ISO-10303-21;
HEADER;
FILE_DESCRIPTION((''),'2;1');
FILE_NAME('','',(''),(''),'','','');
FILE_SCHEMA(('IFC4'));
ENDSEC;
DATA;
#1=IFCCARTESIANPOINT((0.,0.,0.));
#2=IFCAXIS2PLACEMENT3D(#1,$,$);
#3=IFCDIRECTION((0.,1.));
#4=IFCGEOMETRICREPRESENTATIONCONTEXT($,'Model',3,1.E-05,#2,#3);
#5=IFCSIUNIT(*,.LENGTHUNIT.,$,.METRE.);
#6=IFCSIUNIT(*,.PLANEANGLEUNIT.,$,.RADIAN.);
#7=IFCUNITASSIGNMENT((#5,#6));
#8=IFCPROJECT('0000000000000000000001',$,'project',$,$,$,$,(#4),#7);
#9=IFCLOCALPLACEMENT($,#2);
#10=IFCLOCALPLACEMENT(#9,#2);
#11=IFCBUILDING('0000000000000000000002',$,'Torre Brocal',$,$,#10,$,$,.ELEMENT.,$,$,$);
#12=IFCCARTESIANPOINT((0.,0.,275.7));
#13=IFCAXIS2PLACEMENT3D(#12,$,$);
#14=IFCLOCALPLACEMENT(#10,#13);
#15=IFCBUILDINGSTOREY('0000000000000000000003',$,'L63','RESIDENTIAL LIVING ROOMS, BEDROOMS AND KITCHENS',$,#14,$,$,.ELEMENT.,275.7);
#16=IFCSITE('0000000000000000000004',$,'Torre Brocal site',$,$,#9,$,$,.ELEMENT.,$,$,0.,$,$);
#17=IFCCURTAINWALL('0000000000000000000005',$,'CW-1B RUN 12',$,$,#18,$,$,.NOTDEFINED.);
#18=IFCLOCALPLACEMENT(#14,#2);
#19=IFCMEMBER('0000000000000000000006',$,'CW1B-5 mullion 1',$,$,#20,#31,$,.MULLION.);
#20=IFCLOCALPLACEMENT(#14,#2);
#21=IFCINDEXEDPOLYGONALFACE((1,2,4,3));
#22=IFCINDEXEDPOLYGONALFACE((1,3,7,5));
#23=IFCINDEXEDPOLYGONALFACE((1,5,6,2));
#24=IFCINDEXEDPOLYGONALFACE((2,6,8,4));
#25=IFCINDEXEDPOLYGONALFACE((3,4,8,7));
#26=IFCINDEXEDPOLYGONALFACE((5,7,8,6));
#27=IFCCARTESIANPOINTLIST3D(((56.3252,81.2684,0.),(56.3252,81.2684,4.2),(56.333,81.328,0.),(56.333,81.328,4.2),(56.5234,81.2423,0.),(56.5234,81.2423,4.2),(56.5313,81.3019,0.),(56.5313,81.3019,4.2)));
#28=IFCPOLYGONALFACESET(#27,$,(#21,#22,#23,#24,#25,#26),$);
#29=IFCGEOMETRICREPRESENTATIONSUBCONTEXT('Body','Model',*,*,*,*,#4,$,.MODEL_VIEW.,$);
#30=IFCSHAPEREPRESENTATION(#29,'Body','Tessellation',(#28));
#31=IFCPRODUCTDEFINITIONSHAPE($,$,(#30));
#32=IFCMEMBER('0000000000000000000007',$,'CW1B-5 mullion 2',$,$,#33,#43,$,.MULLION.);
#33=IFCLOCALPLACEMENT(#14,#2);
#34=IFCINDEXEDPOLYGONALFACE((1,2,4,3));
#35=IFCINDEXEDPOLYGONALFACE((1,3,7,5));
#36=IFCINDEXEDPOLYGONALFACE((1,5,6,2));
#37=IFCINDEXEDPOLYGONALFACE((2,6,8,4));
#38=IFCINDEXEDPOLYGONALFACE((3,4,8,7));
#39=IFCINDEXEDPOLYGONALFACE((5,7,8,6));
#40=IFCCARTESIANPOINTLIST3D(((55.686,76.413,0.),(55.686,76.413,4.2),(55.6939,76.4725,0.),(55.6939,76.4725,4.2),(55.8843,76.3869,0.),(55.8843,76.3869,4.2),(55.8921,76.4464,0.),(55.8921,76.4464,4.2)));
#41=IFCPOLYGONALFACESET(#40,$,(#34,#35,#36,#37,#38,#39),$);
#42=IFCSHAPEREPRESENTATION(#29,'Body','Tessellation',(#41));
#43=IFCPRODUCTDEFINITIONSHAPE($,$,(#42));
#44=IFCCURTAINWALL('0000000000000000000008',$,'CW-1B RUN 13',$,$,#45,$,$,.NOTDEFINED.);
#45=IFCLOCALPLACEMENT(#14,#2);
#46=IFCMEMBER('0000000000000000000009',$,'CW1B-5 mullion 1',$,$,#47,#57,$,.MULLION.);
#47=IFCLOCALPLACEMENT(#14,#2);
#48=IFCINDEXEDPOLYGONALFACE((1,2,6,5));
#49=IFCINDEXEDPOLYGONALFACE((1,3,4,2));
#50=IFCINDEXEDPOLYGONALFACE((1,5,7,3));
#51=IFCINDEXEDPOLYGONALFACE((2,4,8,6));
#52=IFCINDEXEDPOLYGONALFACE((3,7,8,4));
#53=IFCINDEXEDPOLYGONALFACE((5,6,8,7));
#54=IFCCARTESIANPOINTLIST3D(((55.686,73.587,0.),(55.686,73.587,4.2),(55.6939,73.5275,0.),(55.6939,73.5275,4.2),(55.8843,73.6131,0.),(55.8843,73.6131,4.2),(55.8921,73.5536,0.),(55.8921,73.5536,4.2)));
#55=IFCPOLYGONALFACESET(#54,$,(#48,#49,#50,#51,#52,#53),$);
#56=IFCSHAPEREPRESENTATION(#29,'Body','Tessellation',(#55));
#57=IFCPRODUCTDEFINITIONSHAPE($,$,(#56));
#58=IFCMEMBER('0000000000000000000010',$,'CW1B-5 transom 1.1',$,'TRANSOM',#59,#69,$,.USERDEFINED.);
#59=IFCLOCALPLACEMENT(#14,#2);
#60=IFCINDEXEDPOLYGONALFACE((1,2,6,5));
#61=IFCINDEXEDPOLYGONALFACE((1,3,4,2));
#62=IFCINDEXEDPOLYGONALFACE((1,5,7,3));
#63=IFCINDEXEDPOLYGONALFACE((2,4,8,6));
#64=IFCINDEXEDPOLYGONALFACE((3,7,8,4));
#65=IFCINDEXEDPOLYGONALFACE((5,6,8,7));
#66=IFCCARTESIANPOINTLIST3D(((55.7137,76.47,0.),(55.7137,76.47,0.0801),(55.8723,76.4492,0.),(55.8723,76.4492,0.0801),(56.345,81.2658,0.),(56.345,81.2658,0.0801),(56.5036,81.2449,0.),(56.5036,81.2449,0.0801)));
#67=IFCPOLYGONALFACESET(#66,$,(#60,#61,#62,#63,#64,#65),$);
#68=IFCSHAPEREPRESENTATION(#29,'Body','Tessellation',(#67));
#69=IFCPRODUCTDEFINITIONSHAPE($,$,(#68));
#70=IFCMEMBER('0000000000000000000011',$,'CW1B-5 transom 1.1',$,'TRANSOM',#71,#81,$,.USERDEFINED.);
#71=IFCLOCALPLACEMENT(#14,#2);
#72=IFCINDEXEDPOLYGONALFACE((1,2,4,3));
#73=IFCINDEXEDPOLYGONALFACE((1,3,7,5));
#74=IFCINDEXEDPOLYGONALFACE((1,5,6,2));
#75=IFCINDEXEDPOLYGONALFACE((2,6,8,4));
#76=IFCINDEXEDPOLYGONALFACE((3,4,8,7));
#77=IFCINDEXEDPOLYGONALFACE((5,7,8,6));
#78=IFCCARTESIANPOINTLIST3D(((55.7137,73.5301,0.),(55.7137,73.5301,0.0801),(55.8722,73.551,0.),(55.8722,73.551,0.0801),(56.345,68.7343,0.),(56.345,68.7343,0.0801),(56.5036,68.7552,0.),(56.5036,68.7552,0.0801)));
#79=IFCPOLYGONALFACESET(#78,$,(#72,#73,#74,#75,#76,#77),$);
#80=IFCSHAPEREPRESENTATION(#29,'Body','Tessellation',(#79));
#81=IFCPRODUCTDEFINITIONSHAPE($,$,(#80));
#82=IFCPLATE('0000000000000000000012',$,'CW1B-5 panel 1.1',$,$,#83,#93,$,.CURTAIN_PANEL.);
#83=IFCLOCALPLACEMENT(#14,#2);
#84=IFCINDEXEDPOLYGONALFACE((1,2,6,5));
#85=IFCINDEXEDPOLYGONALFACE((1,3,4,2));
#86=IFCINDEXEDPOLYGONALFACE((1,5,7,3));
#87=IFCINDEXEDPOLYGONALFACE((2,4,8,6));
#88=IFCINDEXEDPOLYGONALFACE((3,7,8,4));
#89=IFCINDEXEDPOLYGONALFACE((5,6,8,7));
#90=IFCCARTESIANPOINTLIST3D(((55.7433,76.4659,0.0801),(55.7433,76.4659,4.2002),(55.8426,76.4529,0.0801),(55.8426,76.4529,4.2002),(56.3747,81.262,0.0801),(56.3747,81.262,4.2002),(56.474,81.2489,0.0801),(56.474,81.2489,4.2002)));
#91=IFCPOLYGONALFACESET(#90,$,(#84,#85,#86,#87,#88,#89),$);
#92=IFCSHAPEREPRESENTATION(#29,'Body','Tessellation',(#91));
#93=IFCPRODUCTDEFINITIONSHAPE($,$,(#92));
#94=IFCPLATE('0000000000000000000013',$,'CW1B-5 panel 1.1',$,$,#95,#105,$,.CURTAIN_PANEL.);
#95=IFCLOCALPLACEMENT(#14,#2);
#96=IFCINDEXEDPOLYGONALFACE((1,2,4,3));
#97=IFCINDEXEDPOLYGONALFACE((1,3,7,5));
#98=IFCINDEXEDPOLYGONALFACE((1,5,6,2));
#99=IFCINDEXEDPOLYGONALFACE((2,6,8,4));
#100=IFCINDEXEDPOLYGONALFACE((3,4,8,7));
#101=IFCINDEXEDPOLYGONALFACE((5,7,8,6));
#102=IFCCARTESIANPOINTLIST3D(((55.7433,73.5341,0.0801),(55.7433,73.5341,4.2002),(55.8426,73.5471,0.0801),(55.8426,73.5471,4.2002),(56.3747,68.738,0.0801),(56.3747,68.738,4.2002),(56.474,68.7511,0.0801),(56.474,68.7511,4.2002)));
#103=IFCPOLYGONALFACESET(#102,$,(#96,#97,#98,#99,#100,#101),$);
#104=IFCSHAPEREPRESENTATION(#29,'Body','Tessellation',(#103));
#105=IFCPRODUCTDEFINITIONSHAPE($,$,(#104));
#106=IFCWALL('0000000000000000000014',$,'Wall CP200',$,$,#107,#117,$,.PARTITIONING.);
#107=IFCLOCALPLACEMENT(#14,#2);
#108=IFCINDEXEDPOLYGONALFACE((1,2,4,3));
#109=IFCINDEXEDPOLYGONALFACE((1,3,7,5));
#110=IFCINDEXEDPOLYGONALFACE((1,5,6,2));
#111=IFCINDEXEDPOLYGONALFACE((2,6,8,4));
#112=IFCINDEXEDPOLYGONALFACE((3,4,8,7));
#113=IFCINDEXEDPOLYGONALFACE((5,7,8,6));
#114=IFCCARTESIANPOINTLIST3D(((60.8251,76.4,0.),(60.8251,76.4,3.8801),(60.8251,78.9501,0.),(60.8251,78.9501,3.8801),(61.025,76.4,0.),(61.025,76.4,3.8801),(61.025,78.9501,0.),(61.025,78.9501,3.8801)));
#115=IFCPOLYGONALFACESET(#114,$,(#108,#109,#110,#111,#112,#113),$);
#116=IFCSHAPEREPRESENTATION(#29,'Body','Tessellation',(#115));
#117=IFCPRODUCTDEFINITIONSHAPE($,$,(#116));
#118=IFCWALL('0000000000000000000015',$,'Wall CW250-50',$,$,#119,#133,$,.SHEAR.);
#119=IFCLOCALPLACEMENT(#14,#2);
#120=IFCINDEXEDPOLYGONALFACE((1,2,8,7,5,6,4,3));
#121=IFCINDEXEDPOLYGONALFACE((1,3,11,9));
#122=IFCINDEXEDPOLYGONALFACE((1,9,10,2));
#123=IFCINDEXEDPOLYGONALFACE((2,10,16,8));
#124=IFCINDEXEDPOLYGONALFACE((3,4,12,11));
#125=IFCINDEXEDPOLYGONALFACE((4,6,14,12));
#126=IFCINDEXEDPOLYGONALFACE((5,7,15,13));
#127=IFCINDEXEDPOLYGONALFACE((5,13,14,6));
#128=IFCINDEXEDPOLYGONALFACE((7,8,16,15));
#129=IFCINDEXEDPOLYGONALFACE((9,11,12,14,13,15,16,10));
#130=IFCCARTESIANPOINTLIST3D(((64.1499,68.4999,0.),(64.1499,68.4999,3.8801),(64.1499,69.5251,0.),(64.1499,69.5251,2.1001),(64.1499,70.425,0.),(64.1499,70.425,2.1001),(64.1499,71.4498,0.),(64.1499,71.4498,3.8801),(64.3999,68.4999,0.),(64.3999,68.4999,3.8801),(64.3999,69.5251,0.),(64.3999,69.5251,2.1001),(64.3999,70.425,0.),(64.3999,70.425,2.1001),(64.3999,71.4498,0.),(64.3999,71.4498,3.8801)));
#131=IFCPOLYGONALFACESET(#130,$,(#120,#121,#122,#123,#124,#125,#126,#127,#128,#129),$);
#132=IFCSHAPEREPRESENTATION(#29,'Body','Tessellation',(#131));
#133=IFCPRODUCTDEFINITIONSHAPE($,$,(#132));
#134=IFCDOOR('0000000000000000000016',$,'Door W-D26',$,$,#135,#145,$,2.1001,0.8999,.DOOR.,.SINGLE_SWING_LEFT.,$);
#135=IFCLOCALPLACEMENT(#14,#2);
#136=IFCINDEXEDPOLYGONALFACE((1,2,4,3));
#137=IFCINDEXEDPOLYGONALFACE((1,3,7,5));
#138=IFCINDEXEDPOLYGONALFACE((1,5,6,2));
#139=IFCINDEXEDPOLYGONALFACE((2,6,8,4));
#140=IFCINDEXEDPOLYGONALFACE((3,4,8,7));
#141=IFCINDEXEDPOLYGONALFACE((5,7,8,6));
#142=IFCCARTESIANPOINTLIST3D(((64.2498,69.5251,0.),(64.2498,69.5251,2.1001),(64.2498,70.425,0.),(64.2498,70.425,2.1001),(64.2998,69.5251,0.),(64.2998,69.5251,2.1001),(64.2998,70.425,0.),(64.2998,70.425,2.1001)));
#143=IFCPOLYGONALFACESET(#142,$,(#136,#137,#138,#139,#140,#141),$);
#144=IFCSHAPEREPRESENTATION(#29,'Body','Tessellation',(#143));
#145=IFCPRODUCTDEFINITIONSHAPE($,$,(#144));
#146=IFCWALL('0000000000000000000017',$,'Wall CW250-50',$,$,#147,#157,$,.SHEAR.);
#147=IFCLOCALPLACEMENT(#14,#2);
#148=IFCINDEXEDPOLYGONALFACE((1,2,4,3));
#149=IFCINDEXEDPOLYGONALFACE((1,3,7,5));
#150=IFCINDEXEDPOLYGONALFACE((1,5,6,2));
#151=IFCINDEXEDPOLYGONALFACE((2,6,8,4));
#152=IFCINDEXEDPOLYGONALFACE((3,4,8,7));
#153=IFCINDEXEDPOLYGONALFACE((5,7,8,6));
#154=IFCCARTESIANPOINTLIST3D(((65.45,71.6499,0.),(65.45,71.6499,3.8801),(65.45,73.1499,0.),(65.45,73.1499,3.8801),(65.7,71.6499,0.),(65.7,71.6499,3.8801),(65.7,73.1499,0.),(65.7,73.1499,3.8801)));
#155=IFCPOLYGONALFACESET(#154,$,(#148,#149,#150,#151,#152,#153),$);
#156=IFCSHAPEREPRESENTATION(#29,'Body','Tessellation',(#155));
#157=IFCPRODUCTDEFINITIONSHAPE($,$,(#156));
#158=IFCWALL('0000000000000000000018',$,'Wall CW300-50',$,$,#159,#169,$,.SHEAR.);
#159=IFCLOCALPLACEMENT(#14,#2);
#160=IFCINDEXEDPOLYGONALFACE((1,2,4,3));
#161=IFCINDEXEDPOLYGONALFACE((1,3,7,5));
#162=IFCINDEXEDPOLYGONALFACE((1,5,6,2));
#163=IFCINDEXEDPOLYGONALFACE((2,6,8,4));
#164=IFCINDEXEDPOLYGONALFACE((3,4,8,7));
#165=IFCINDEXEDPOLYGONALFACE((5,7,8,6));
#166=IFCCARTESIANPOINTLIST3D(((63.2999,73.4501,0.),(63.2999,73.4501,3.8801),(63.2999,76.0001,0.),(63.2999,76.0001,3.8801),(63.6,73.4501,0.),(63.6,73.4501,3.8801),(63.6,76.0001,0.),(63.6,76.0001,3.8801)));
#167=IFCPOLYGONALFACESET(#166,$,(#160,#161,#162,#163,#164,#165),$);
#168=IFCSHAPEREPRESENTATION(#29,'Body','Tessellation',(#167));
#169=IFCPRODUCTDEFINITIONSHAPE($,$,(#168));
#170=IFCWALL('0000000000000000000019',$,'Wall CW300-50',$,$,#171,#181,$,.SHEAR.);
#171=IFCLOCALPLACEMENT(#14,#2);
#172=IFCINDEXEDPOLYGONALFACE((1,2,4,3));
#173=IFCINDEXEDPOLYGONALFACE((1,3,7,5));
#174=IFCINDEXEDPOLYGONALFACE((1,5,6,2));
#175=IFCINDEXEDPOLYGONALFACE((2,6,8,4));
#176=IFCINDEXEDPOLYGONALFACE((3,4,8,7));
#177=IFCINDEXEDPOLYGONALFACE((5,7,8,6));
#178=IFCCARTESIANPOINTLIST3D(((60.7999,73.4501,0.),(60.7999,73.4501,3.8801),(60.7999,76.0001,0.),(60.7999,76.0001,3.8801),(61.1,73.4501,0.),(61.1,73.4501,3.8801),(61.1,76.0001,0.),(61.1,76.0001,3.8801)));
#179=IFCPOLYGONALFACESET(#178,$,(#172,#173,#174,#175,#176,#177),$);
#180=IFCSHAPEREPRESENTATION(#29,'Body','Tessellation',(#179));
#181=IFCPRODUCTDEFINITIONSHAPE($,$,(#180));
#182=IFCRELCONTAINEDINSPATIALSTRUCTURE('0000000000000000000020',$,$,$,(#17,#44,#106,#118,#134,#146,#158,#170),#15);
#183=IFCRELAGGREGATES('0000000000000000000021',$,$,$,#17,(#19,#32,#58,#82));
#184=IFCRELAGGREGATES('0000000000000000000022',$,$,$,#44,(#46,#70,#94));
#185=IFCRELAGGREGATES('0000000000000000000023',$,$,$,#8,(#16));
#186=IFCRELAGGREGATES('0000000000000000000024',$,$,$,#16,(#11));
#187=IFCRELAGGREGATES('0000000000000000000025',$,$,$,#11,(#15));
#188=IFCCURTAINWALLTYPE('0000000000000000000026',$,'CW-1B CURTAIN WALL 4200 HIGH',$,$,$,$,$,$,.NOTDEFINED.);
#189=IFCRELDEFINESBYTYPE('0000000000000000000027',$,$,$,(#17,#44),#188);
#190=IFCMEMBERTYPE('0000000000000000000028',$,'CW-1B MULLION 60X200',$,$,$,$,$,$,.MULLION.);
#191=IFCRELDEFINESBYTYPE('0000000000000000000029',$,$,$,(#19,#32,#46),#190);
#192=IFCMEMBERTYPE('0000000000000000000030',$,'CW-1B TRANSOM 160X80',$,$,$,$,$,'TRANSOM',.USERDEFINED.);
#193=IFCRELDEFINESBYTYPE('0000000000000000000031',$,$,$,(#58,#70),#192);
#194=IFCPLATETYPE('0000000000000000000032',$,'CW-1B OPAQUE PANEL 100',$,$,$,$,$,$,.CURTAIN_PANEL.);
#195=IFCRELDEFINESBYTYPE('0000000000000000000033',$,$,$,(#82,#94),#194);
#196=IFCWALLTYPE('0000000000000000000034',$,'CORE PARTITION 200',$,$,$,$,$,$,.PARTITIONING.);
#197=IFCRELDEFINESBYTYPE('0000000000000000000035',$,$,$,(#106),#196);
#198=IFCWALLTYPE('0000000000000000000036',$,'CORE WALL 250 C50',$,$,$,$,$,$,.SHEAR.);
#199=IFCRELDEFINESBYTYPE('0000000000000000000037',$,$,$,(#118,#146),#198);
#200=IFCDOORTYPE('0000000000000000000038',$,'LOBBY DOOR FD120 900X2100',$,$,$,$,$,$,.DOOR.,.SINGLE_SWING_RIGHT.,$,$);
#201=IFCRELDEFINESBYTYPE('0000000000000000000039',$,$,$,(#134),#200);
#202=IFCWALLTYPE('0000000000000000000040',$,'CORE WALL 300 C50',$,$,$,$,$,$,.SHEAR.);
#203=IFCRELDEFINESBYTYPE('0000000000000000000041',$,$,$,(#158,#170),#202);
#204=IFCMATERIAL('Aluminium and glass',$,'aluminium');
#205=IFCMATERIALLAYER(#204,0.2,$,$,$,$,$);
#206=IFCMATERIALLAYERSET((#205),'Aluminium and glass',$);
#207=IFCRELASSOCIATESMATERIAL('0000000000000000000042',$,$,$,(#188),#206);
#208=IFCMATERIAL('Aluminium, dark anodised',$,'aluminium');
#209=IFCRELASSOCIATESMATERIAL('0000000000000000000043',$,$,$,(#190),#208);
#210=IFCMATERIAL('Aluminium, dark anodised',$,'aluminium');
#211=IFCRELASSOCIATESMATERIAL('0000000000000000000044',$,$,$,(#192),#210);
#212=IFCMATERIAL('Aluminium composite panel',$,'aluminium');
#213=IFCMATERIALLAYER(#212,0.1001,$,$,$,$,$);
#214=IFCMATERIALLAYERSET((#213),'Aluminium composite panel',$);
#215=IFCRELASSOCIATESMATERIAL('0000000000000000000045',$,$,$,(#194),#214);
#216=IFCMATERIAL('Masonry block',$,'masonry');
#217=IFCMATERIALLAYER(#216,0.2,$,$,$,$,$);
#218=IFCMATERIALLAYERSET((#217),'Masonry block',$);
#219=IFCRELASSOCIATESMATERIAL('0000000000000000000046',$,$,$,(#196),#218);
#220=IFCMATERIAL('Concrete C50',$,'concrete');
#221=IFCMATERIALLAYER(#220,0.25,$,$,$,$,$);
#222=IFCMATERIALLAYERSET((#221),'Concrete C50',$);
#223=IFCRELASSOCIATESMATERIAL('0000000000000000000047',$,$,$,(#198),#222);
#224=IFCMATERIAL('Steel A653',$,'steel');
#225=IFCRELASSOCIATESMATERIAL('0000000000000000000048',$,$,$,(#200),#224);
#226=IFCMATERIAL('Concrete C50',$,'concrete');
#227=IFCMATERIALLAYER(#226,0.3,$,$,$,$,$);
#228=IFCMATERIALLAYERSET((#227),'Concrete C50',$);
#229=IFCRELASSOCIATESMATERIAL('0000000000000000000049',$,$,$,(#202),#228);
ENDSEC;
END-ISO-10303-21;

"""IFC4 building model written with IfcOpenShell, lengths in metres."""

from ifc_helpers import new_model, si_unit, direction, frame, frame_2d, origin, origin_2d, place, context, subcontext, project, spatial, rectangle, extrude, material, layer, layer_set, material_profile, profile_set, type_object, element, fill, aggregate, save


model = new_model("IFC4")

# Units and contexts
model_context = context("Model", 3, precision=1e-05, world=origin(), true_north=direction((0.0, 1.0)))
body_context = subcontext(model_context, "Body", "Model", "MODEL_VIEW")
ifc_project = project(units=[si_unit("LENGTHUNIT", "METRE"), si_unit("PLANEANGLEUNIT", "RADIAN")], contexts=[model_context])

# Site, building, storey
site_placement = place(None, origin())
site = spatial("IfcSite", under=ifc_project, at=site_placement, Name="Torre Brocal site", CompositionType="ELEMENT", RefElevation=0.0)
building_placement = place(site_placement, origin())
building = spatial("IfcBuilding", under=site, at=building_placement, Name="Torre Brocal", CompositionType="ELEMENT")
storey_placement = place(building_placement, frame((0.0, 0.0, 275.7)))
storey = spatial("IfcBuildingStorey", under=building, at=storey_placement, Name="L63", Description="RESIDENTIAL LIVING ROOMS, BEDROOMS AND KITCHENS", CompositionType="ELEMENT", Elevation=275.7)

# Curtain wall, members
ifc_material_1 = material(Name="Aluminium and glass", Category="aluminium")
ifc_layer_1 = layer(ifc_material_1, 0.2)
ifc_layer_set_1 = layer_set([ifc_layer_1], Name="Aluminium and glass")
curtain_wall_type = type_object("IfcCurtainWallType", Name="CW-1B CURTAIN WALL 4200 HIGH", PredefinedType="NOTDEFINED", material=ifc_layer_set_1)
curtain_wall_1_placement = place(storey_placement, origin())
curtain_wall_1 = element("IfcCurtainWall", 1, at=curtain_wall_1_placement, inside=storey, type_object=curtain_wall_type, Name="CW-1B RUN 12", PredefinedType="NOTDEFINED")
ifc_material_2 = material(Name="Aluminium, dark anodised", Category="aluminium")
ifc_material_profile_1 = material_profile(ifc_material_2, rectangle(XDim=0.2, YDim=0.0601, at=origin_2d()), Name="CW-1B MULLION 60X200")
ifc_profile_set_1 = profile_set([ifc_material_profile_1], Name="Aluminium, dark anodised")
member_type_1 = type_object("IfcMemberType", Name="CW-1B MULLION 60X200", PredefinedType="MULLION", material=ifc_profile_set_1)
member_1_placement = place(storey_placement, frame((56.4282, 81.2852, 0.0), z_axis=(0.0, 0.0, 1.0), x_axis=(0.991445, -0.130526, 0.0)))
member_1 = element("IfcMember", 2, at=member_1_placement, type_object=member_type_1, Name="CW1B-5 mullion 1", PredefinedType="MULLION", context=body_context, shape_type="SweptSolid", body=[
    extrude(rectangle(XDim=0.2, YDim=0.0601, at=origin_2d()), origin(), (0.0, 0.0, 1.0), 4.2),
])
member_2_placement = place(storey_placement, frame((55.7891, 76.4297, 0.0), z_axis=(0.0, 0.0, 1.0), x_axis=(0.991445, -0.130526, 0.0)))
member_2 = element("IfcMember", 3, at=member_2_placement, type_object=member_type_1, Name="CW1B-5 mullion 2", PredefinedType="MULLION", context=body_context, shape_type="SweptSolid", body=[
    extrude(rectangle(XDim=0.2, YDim=0.0601, at=origin_2d()), origin(), (0.0, 0.0, 1.0), 4.2),
])

# Curtain wall, member
curtain_wall_2_placement = place(storey_placement, origin())
curtain_wall_2 = element("IfcCurtainWall", 4, at=curtain_wall_2_placement, inside=storey, type_object=curtain_wall_type, Name="CW-1B RUN 13", PredefinedType="NOTDEFINED")
member_3_placement = place(storey_placement, frame((55.7891, 73.5703, 0.0), z_axis=(0.0, 0.0, 1.0), x_axis=(0.991445, 0.130526, 0.0)))
member_3 = element("IfcMember", 5, at=member_3_placement, type_object=member_type_1, Name="CW1B-5 mullion 1", PredefinedType="MULLION", context=body_context, shape_type="SweptSolid", body=[
    extrude(rectangle(XDim=0.2, YDim=0.0601, at=origin_2d()), origin(), (0.0, 0.0, 1.0), 4.2),
])

# Members
ifc_material_3 = material(Name="Aluminium, dark anodised", Category="aluminium")
ifc_material_profile_2 = material_profile(ifc_material_3, rectangle(XDim=0.1599, YDim=0.0801, at=origin_2d()), Name="CW-1B TRANSOM 160X80")
ifc_profile_set_2 = profile_set([ifc_material_profile_2], Name="Aluminium, dark anodised")
member_type_2 = type_object("IfcMemberType", Name="CW-1B TRANSOM 160X80", ElementType="TRANSOM", PredefinedType="USERDEFINED", material=ifc_profile_set_2)
member_4_placement = place(storey_placement, frame((56.4243, 81.2554, 0.04), z_axis=(-0.130517, -0.991446, 0.0), x_axis=(0.991446, -0.130517, 0.0)))
member_4 = element("IfcMember", 6, at=member_4_placement, type_object=member_type_2, Name="CW1B-5 transom 1.1", ObjectType="TRANSOM", PredefinedType="USERDEFINED", context=body_context, shape_type="SweptSolid", body=[
    extrude(rectangle(XDim=0.1599, YDim=0.0801, at=origin_2d()), origin(), (0.0, 0.0, 1.0), 4.8372),
])
member_5_placement = place(storey_placement, frame((55.793, 73.5405, 0.04), z_axis=(0.130517, -0.991446, 0.0), x_axis=(0.991446, 0.130517, 0.0)))
member_5 = element("IfcMember", 7, at=member_5_placement, type_object=member_type_2, Name="CW1B-5 transom 1.1", ObjectType="TRANSOM", PredefinedType="USERDEFINED", context=body_context, shape_type="SweptSolid", body=[
    extrude(rectangle(XDim=0.1599, YDim=0.0801, at=origin_2d()), origin(), (0.0, 0.0, 1.0), 4.8372),
])

# Plates
ifc_material_4 = material(Name="Aluminium composite panel", Category="aluminium")
ifc_layer_2 = layer(ifc_material_4, 0.1001)
ifc_layer_set_2 = layer_set([ifc_layer_2], Name="Aluminium composite panel")
plate_type = type_object("IfcPlateType", Name="CW-1B OPAQUE PANEL 100", PredefinedType="CURTAIN_PANEL", material=ifc_layer_set_2)
plate_1_placement = place(storey_placement, frame((56.1086, 78.8574, 0.0801), z_axis=(0.0, 0.0, 1.0), x_axis=(-0.130526, -0.991445, 0.0)))
plate_1 = element("IfcPlate", 8, at=plate_1_placement, type_object=plate_type, Name="CW1B-5 panel 1.1", PredefinedType="CURTAIN_PANEL", context=body_context, shape_type="SweptSolid", body=[
    extrude(rectangle(XDim=4.8374, YDim=0.1001, at=origin_2d()), origin(), (0.0, 0.0, 1.0), 4.1201),
])
aggregate(curtain_wall_1, [member_1, member_2, member_4, plate_1])
plate_2_placement = place(storey_placement, frame((56.1086, 71.1426, 0.0801), z_axis=(0.0, 0.0, 1.0), x_axis=(0.130526, -0.991445, 0.0)))
plate_2 = element("IfcPlate", 9, at=plate_2_placement, type_object=plate_type, Name="CW1B-5 panel 1.1", PredefinedType="CURTAIN_PANEL", context=body_context, shape_type="SweptSolid", body=[
    extrude(rectangle(XDim=4.8374, YDim=0.1001, at=origin_2d()), origin(), (0.0, 0.0, 1.0), 4.1201),
])
aggregate(curtain_wall_2, [member_3, member_5, plate_2])

# Wall
ifc_material_5 = material(Name="Masonry block", Category="masonry")
ifc_layer_3 = layer(ifc_material_5, 0.2)
ifc_layer_set_3 = layer_set([ifc_layer_3], Name="Masonry block")
wall_type_1 = type_object("IfcWallType", Name="CORE PARTITION 200", PredefinedType="PARTITIONING", material=ifc_layer_set_3)
wall_1_placement = place(storey_placement, frame((60.925, 78.95, 0.0), z_axis=(0.0, 0.0, 1.0), x_axis=(0.0, -1.0, 0.0)))
element("IfcWall", 10, at=wall_1_placement, inside=storey, type_object=wall_type_1, Name="Wall CP200", PredefinedType="PARTITIONING", context=body_context, shape_type="SweptSolid", body=[
    extrude(rectangle(XDim=2.55, YDim=0.2, at=frame_2d((1.2749, 0.0))), origin(), (0.0, 0.0, 1.0), 3.8801),
])

# Wall, opening, door
ifc_material_6 = material(Name="Concrete C50", Category="concrete")
ifc_layer_4 = layer(ifc_material_6, 0.25)
ifc_layer_set_4 = layer_set([ifc_layer_4], Name="Concrete C50")
wall_type_2 = type_object("IfcWallType", Name="CORE WALL 250 C50", PredefinedType="SHEAR", material=ifc_layer_set_4)
wall_2_placement = place(storey_placement, frame((64.2749, 71.45, 0.0), z_axis=(0.0, 0.0, 1.0), x_axis=(0.0, -1.0, 0.0)))
wall_2 = element("IfcWall", 11, at=wall_2_placement, inside=storey, type_object=wall_type_2, Name="Wall CW250-50", PredefinedType="SHEAR", context=body_context, shape_type="SweptSolid", body=[
    extrude(rectangle(XDim=2.95, YDim=0.25, at=frame_2d((1.4751, 0.0))), origin(), (0.0, 0.0, 1.0), 3.8801),
])
opening_1_placement = place(wall_2_placement, frame((1.0249, 0.0, 0.0)))
opening_1 = element("IfcOpeningElement", 12, at=opening_1_placement, cuts=wall_2, PredefinedType="OPENING", context=body_context, shape_type="SweptSolid", body=[
    extrude(rectangle(XDim=0.8999, YDim=2.1001, at=frame_2d((0.45, 1.05))), frame((0.0, 0.135, 0.0), z_axis=(0.0, -1.0, 0.0), x_axis=(1.0, 0.0, 0.0)), (0.0, 0.0, 1.0), 0.27),
])
ifc_material_7 = material(Name="Steel A653", Category="steel")
door_type_1 = type_object("IfcDoorType", Name="LOBBY DOOR FD120 900X2100", OperationType="SINGLE_SWING_RIGHT", PredefinedType="DOOR", material=ifc_material_7)
door_1_placement = place(opening_1_placement, origin())
door_1 = element("IfcDoor", 13, at=door_1_placement, inside=storey, type_object=door_type_1, Name="Door W-D26", OperationType="SINGLE_SWING_LEFT", OverallHeight=2.1001, OverallWidth=0.8999, PredefinedType="DOOR", context=body_context, shape_type="SweptSolid", body=[
    extrude(rectangle(XDim=0.8999, YDim=2.1001, at=frame_2d((0.45, 1.05))), frame((0.0, 0.0249, 0.0), z_axis=(0.0, -1.0, 0.0), x_axis=(1.0, 0.0, 0.0)), (0.0, 0.0, 1.0), 0.05),
])
fill(opening_1, door_1)

# Walls
wall_3_placement = place(storey_placement, frame((65.575, 73.1499, 0.0), z_axis=(0.0, 0.0, 1.0), x_axis=(0.0, -1.0, 0.0)))
element("IfcWall", 14, at=wall_3_placement, inside=storey, type_object=wall_type_2, Name="Wall CW250-50", PredefinedType="SHEAR", context=body_context, shape_type="SweptSolid", body=[
    extrude(rectangle(XDim=1.5, YDim=0.25, at=frame_2d((0.75, 0.0))), origin(), (0.0, 0.0, 1.0), 3.8801),
])
ifc_material_8 = material(Name="Concrete C50", Category="concrete")
ifc_layer_5 = layer(ifc_material_8, 0.3)
ifc_layer_set_5 = layer_set([ifc_layer_5], Name="Concrete C50")
wall_type_3 = type_object("IfcWallType", Name="CORE WALL 300 C50", PredefinedType="SHEAR", material=ifc_layer_set_5)
for number, where, z_axis, x_axis, name in (
    (15, (63.45, 76.0, 0.0), (0.0, 0.0, 1.0), (0.0, -1.0, 0.0), "Wall CW300-50"),
    (16, (60.95, 76.0, 0.0), (0.0, 0.0, 1.0), (0.0, -1.0, 0.0), "Wall CW300-50"),
):
    element("IfcWall", number, at=place(storey_placement, frame(where, z_axis=z_axis, x_axis=x_axis)), inside=storey, type_object=wall_type_3, Name=name, PredefinedType="SHEAR", context=body_context, shape_type="SweptSolid", body=[
        extrude(rectangle(XDim=2.55, YDim=0.3, at=frame_2d((1.2749, 0.0))), origin(), (0.0, 0.0, 1.0), 3.8801),
    ])

save(model, "model.ifc")
